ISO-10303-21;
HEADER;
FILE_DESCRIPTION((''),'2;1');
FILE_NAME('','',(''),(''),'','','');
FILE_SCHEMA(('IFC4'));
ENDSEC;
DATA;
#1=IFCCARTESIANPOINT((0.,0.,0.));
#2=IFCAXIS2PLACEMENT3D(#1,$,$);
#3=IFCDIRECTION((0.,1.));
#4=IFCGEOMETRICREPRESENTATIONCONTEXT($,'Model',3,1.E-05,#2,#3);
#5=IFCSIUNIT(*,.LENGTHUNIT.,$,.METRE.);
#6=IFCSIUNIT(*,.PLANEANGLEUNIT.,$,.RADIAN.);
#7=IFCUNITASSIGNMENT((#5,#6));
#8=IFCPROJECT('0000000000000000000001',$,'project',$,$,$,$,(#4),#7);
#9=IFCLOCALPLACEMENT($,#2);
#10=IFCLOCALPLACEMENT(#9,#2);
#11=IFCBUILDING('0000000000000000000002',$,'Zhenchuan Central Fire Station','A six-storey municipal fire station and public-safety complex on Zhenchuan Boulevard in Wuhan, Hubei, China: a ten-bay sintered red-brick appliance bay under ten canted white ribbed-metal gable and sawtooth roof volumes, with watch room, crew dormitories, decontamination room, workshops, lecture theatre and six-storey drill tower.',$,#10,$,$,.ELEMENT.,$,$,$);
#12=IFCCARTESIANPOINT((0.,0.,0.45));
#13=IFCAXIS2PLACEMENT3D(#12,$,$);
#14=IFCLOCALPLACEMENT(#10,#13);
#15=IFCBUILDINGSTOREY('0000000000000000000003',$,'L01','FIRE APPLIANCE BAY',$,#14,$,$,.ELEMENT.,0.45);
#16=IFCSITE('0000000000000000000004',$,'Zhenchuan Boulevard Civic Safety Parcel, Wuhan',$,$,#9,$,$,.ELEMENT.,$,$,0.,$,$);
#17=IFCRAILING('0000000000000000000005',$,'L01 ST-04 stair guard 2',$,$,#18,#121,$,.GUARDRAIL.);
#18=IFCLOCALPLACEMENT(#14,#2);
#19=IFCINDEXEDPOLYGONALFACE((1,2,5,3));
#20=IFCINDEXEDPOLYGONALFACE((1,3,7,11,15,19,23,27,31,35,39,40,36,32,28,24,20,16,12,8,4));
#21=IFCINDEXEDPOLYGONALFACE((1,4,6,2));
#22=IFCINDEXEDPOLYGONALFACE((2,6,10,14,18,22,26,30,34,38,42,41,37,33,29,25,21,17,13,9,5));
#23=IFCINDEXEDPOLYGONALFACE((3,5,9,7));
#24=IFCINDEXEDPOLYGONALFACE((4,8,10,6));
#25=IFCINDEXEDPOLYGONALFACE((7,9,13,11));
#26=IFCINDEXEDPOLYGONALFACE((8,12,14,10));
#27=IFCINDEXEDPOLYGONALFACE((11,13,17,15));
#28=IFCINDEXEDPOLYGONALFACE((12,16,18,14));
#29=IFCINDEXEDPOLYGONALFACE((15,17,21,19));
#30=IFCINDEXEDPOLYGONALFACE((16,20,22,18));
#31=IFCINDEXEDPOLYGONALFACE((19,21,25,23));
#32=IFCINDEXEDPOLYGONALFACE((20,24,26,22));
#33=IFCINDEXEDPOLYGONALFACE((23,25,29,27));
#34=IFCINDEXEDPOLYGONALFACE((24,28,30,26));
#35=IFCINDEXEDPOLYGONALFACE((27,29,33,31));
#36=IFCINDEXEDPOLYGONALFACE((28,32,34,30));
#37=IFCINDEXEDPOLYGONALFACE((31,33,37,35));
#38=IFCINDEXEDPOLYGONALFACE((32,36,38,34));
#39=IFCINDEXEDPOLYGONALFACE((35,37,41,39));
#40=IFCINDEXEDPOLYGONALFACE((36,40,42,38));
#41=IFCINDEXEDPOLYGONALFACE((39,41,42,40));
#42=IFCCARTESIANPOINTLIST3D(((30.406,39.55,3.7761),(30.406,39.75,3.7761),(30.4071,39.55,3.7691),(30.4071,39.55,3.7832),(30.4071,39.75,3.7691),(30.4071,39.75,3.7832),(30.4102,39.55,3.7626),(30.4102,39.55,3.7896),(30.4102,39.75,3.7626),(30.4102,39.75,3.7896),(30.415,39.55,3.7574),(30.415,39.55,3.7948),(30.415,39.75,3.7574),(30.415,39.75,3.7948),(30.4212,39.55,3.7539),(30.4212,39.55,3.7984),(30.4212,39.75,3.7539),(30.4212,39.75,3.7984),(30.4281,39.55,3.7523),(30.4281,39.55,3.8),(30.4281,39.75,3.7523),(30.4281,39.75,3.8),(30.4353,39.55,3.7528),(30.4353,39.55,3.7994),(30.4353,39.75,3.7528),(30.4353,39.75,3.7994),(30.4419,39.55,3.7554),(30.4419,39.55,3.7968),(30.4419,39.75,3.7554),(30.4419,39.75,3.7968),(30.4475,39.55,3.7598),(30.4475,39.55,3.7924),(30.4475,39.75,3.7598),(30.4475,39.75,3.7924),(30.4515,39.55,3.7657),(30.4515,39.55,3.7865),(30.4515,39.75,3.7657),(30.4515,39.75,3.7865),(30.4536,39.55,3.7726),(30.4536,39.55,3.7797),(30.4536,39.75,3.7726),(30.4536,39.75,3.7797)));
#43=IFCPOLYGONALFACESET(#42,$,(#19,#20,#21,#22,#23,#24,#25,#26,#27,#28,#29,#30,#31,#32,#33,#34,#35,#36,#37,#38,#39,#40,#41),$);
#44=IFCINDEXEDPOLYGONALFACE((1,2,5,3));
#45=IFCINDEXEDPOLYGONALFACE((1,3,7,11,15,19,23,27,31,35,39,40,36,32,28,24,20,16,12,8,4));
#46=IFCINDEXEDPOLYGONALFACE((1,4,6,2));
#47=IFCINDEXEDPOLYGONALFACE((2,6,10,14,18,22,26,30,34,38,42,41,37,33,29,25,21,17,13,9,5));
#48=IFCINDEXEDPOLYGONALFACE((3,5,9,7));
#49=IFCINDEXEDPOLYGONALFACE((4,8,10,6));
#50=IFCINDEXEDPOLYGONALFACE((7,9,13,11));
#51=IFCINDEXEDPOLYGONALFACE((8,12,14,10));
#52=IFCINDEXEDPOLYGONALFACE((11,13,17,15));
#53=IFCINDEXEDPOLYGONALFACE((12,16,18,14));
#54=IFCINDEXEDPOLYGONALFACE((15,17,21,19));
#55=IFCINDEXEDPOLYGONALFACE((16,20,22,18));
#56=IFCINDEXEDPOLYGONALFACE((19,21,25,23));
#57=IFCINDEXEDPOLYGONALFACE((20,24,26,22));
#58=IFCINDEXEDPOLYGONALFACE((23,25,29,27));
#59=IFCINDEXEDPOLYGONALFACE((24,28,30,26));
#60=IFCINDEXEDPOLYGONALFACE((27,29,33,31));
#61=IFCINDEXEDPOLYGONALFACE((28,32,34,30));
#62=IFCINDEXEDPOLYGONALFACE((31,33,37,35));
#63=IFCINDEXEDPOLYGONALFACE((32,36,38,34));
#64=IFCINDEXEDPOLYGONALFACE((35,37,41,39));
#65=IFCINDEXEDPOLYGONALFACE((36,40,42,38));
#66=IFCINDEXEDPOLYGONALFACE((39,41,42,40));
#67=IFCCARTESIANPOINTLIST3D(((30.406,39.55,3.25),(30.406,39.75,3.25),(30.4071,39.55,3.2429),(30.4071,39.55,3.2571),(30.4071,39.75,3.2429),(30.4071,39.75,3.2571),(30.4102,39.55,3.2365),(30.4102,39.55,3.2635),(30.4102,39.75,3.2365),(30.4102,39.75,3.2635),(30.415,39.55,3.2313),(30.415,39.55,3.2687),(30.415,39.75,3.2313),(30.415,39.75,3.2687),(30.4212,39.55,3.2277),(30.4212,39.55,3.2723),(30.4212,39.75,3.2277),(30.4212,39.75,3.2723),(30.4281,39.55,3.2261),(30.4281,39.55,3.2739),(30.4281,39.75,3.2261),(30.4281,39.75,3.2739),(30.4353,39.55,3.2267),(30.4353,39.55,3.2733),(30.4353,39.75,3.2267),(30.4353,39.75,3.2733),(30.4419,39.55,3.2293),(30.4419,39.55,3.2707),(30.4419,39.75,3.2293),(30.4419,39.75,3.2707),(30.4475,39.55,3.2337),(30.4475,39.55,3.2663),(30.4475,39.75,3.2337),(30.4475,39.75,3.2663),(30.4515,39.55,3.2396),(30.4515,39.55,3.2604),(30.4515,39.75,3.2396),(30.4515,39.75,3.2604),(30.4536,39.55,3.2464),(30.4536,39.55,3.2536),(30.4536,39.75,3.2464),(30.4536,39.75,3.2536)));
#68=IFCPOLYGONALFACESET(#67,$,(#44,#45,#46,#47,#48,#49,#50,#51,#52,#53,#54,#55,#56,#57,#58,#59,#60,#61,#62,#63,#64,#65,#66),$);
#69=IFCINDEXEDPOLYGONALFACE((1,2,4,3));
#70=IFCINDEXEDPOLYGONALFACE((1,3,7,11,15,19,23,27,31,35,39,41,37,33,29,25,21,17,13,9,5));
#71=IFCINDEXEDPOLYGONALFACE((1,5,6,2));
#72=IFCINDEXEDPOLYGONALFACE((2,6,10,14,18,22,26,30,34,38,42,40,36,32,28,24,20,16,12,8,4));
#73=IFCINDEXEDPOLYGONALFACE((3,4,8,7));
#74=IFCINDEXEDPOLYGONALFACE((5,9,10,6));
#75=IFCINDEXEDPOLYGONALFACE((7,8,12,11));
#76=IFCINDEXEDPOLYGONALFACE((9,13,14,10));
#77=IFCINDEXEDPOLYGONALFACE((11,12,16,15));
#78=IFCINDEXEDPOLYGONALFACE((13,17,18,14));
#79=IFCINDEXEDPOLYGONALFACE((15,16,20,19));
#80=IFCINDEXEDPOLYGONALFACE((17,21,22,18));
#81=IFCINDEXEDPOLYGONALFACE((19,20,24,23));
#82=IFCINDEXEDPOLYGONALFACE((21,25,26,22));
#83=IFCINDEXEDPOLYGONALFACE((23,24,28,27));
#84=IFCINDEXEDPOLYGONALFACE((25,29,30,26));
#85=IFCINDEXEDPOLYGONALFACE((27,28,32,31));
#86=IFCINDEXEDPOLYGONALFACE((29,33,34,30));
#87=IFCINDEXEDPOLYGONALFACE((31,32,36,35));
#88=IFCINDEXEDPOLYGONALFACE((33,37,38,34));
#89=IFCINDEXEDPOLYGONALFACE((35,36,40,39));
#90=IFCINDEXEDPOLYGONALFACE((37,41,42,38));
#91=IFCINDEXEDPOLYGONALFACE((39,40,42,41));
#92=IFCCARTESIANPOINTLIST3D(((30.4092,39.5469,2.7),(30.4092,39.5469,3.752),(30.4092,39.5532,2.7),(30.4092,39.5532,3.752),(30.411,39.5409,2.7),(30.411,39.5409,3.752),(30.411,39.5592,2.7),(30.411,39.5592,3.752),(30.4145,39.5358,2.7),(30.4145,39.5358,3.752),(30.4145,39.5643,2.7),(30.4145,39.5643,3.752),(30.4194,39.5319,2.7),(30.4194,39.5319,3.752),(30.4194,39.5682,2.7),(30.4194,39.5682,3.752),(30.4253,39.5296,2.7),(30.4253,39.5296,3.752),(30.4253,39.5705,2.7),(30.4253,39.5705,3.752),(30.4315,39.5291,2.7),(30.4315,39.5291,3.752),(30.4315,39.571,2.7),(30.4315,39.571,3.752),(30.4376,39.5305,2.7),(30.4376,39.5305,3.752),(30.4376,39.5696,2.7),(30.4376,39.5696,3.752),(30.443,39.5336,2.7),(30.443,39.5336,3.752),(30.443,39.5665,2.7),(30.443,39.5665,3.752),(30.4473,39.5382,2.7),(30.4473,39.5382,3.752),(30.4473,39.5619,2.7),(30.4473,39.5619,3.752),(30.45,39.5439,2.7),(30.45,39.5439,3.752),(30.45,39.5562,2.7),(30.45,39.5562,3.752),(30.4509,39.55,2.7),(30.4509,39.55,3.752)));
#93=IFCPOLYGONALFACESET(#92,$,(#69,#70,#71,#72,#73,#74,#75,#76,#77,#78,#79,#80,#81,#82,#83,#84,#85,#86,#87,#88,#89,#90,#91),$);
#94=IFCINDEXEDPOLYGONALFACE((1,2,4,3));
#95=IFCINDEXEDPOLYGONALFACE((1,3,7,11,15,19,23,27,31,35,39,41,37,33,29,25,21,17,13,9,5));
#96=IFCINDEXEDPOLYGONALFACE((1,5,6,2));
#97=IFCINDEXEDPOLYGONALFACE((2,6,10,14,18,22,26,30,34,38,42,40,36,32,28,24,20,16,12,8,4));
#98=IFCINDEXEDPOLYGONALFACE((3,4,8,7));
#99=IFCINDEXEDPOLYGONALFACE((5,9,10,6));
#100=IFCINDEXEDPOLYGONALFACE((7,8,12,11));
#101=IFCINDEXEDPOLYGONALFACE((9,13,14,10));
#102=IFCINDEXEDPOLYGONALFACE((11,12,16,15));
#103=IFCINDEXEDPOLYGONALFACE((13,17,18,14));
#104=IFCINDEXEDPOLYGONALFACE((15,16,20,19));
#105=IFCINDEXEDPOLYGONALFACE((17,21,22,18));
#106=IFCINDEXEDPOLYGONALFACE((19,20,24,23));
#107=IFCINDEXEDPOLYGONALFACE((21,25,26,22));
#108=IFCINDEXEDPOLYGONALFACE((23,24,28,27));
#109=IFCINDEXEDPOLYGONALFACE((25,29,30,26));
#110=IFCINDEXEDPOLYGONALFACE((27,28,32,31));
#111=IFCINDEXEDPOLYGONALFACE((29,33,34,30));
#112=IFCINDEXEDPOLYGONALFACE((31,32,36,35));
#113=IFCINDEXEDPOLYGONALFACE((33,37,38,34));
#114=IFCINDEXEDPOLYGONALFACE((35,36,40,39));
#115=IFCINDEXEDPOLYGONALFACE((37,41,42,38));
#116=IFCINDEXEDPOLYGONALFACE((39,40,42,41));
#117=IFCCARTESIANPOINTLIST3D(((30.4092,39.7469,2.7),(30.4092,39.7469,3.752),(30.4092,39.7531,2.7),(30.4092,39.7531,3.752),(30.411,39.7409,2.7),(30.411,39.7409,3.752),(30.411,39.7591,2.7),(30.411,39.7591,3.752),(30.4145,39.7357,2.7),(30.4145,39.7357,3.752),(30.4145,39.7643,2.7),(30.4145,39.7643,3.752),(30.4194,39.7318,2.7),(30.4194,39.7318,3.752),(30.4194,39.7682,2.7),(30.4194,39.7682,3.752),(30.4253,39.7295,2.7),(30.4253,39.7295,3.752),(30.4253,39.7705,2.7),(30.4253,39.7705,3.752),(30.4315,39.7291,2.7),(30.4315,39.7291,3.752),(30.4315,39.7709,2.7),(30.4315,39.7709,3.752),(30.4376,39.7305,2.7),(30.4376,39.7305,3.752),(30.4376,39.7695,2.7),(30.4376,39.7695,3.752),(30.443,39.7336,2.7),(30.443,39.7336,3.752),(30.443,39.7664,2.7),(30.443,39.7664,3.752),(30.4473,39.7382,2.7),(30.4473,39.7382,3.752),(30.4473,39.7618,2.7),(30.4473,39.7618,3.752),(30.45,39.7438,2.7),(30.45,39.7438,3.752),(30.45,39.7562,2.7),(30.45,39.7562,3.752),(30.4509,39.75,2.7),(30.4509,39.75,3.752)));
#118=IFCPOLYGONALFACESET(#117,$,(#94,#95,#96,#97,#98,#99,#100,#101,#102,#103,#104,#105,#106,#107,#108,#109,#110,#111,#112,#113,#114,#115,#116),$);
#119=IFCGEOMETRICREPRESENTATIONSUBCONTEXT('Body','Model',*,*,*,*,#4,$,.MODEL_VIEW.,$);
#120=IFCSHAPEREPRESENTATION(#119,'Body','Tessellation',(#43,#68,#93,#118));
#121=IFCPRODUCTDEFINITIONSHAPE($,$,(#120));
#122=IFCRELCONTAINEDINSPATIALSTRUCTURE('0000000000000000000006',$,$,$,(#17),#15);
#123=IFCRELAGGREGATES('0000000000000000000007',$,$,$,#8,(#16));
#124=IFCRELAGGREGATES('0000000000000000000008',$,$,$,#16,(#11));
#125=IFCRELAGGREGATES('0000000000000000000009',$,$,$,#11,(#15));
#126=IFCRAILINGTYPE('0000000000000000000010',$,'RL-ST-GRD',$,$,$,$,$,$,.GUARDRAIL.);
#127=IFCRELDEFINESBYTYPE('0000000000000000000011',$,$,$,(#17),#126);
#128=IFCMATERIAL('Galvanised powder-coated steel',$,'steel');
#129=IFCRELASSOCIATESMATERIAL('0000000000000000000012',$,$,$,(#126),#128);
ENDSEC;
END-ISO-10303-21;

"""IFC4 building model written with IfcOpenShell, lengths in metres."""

from ifc_helpers import new_model, si_unit, direction, frame, origin, origin_2d, place, context, subcontext, project, spatial, circle, extrude, material, type_object, element, save


model = new_model("IFC4")

# Units and contexts
model_context = context("Model", 3, precision=1e-05, world=origin(), true_north=direction((0.0, 1.0)))
body_context = subcontext(model_context, "Body", "Model", "MODEL_VIEW")
ifc_project = project(units=[si_unit("LENGTHUNIT", "METRE"), si_unit("PLANEANGLEUNIT", "RADIAN")], contexts=[model_context])

# Site, building, storey
site_placement = place(None, origin())
site = spatial("IfcSite", under=ifc_project, at=site_placement, Name="Zhenchuan Boulevard Civic Safety Parcel, Wuhan", CompositionType="ELEMENT", RefElevation=0.0)
building_placement = place(site_placement, origin())
building = spatial("IfcBuilding", under=site, at=building_placement, Name="Zhenchuan Central Fire Station", Description="A six-storey municipal fire station and public-safety complex on Zhenchuan Boulevard in Wuhan, Hubei, China: a ten-bay sintered red-brick appliance bay under ten canted white ribbed-metal gable and sawtooth roof volumes, with watch room, crew dormitories, decontamination room, workshops, lecture theatre and six-storey drill tower.", CompositionType="ELEMENT")
storey_placement = place(building_placement, frame((0.0, 0.0, 0.45)))
storey = spatial("IfcBuildingStorey", under=building, at=storey_placement, Name="L01", Description="FIRE APPLIANCE BAY", CompositionType="ELEMENT", Elevation=0.45)

# Railing
ifc_material_1 = material(Name="Galvanised powder-coated steel", Category="steel")
railing_type_1 = type_object("IfcRailingType", Name="RL-ST-GRD", PredefinedType="GUARDRAIL", material=ifc_material_1)
railing_1_placement = place(storey_placement, frame((30.4299, 39.55, 2.7)))
element("IfcRailing", 1, at=railing_1_placement, inside=storey, type_object=railing_type_1, Name="L01 ST-04 stair guard 2", PredefinedType="GUARDRAIL", context=body_context, shape_type="SweptSolid", body=[
    extrude(circle(Radius=0.0239, at=origin_2d()), frame((0.0, 0.0, 1.0762), z_axis=(0.0, 1.0, 0.0), x_axis=(-1.0, 0.0, 0.0)), (0.0, 0.0, 1.0), 0.2),
    extrude(circle(Radius=0.0239, at=origin_2d()), frame((0.0, 0.0, 0.55), z_axis=(0.0, 1.0, 0.0), x_axis=(-1.0, 0.0, 0.0)), (0.0, 0.0, 1.0), 0.2),
    extrude(circle(Radius=0.021, at=origin_2d()), origin(), (0.0, 0.0, 1.0), 1.052),
    extrude(circle(Radius=0.021, at=origin_2d()), frame((0.0, 0.2, 0.0)), (0.0, 0.0, 1.0), 1.052),
])

save(model, "model.ifc")
